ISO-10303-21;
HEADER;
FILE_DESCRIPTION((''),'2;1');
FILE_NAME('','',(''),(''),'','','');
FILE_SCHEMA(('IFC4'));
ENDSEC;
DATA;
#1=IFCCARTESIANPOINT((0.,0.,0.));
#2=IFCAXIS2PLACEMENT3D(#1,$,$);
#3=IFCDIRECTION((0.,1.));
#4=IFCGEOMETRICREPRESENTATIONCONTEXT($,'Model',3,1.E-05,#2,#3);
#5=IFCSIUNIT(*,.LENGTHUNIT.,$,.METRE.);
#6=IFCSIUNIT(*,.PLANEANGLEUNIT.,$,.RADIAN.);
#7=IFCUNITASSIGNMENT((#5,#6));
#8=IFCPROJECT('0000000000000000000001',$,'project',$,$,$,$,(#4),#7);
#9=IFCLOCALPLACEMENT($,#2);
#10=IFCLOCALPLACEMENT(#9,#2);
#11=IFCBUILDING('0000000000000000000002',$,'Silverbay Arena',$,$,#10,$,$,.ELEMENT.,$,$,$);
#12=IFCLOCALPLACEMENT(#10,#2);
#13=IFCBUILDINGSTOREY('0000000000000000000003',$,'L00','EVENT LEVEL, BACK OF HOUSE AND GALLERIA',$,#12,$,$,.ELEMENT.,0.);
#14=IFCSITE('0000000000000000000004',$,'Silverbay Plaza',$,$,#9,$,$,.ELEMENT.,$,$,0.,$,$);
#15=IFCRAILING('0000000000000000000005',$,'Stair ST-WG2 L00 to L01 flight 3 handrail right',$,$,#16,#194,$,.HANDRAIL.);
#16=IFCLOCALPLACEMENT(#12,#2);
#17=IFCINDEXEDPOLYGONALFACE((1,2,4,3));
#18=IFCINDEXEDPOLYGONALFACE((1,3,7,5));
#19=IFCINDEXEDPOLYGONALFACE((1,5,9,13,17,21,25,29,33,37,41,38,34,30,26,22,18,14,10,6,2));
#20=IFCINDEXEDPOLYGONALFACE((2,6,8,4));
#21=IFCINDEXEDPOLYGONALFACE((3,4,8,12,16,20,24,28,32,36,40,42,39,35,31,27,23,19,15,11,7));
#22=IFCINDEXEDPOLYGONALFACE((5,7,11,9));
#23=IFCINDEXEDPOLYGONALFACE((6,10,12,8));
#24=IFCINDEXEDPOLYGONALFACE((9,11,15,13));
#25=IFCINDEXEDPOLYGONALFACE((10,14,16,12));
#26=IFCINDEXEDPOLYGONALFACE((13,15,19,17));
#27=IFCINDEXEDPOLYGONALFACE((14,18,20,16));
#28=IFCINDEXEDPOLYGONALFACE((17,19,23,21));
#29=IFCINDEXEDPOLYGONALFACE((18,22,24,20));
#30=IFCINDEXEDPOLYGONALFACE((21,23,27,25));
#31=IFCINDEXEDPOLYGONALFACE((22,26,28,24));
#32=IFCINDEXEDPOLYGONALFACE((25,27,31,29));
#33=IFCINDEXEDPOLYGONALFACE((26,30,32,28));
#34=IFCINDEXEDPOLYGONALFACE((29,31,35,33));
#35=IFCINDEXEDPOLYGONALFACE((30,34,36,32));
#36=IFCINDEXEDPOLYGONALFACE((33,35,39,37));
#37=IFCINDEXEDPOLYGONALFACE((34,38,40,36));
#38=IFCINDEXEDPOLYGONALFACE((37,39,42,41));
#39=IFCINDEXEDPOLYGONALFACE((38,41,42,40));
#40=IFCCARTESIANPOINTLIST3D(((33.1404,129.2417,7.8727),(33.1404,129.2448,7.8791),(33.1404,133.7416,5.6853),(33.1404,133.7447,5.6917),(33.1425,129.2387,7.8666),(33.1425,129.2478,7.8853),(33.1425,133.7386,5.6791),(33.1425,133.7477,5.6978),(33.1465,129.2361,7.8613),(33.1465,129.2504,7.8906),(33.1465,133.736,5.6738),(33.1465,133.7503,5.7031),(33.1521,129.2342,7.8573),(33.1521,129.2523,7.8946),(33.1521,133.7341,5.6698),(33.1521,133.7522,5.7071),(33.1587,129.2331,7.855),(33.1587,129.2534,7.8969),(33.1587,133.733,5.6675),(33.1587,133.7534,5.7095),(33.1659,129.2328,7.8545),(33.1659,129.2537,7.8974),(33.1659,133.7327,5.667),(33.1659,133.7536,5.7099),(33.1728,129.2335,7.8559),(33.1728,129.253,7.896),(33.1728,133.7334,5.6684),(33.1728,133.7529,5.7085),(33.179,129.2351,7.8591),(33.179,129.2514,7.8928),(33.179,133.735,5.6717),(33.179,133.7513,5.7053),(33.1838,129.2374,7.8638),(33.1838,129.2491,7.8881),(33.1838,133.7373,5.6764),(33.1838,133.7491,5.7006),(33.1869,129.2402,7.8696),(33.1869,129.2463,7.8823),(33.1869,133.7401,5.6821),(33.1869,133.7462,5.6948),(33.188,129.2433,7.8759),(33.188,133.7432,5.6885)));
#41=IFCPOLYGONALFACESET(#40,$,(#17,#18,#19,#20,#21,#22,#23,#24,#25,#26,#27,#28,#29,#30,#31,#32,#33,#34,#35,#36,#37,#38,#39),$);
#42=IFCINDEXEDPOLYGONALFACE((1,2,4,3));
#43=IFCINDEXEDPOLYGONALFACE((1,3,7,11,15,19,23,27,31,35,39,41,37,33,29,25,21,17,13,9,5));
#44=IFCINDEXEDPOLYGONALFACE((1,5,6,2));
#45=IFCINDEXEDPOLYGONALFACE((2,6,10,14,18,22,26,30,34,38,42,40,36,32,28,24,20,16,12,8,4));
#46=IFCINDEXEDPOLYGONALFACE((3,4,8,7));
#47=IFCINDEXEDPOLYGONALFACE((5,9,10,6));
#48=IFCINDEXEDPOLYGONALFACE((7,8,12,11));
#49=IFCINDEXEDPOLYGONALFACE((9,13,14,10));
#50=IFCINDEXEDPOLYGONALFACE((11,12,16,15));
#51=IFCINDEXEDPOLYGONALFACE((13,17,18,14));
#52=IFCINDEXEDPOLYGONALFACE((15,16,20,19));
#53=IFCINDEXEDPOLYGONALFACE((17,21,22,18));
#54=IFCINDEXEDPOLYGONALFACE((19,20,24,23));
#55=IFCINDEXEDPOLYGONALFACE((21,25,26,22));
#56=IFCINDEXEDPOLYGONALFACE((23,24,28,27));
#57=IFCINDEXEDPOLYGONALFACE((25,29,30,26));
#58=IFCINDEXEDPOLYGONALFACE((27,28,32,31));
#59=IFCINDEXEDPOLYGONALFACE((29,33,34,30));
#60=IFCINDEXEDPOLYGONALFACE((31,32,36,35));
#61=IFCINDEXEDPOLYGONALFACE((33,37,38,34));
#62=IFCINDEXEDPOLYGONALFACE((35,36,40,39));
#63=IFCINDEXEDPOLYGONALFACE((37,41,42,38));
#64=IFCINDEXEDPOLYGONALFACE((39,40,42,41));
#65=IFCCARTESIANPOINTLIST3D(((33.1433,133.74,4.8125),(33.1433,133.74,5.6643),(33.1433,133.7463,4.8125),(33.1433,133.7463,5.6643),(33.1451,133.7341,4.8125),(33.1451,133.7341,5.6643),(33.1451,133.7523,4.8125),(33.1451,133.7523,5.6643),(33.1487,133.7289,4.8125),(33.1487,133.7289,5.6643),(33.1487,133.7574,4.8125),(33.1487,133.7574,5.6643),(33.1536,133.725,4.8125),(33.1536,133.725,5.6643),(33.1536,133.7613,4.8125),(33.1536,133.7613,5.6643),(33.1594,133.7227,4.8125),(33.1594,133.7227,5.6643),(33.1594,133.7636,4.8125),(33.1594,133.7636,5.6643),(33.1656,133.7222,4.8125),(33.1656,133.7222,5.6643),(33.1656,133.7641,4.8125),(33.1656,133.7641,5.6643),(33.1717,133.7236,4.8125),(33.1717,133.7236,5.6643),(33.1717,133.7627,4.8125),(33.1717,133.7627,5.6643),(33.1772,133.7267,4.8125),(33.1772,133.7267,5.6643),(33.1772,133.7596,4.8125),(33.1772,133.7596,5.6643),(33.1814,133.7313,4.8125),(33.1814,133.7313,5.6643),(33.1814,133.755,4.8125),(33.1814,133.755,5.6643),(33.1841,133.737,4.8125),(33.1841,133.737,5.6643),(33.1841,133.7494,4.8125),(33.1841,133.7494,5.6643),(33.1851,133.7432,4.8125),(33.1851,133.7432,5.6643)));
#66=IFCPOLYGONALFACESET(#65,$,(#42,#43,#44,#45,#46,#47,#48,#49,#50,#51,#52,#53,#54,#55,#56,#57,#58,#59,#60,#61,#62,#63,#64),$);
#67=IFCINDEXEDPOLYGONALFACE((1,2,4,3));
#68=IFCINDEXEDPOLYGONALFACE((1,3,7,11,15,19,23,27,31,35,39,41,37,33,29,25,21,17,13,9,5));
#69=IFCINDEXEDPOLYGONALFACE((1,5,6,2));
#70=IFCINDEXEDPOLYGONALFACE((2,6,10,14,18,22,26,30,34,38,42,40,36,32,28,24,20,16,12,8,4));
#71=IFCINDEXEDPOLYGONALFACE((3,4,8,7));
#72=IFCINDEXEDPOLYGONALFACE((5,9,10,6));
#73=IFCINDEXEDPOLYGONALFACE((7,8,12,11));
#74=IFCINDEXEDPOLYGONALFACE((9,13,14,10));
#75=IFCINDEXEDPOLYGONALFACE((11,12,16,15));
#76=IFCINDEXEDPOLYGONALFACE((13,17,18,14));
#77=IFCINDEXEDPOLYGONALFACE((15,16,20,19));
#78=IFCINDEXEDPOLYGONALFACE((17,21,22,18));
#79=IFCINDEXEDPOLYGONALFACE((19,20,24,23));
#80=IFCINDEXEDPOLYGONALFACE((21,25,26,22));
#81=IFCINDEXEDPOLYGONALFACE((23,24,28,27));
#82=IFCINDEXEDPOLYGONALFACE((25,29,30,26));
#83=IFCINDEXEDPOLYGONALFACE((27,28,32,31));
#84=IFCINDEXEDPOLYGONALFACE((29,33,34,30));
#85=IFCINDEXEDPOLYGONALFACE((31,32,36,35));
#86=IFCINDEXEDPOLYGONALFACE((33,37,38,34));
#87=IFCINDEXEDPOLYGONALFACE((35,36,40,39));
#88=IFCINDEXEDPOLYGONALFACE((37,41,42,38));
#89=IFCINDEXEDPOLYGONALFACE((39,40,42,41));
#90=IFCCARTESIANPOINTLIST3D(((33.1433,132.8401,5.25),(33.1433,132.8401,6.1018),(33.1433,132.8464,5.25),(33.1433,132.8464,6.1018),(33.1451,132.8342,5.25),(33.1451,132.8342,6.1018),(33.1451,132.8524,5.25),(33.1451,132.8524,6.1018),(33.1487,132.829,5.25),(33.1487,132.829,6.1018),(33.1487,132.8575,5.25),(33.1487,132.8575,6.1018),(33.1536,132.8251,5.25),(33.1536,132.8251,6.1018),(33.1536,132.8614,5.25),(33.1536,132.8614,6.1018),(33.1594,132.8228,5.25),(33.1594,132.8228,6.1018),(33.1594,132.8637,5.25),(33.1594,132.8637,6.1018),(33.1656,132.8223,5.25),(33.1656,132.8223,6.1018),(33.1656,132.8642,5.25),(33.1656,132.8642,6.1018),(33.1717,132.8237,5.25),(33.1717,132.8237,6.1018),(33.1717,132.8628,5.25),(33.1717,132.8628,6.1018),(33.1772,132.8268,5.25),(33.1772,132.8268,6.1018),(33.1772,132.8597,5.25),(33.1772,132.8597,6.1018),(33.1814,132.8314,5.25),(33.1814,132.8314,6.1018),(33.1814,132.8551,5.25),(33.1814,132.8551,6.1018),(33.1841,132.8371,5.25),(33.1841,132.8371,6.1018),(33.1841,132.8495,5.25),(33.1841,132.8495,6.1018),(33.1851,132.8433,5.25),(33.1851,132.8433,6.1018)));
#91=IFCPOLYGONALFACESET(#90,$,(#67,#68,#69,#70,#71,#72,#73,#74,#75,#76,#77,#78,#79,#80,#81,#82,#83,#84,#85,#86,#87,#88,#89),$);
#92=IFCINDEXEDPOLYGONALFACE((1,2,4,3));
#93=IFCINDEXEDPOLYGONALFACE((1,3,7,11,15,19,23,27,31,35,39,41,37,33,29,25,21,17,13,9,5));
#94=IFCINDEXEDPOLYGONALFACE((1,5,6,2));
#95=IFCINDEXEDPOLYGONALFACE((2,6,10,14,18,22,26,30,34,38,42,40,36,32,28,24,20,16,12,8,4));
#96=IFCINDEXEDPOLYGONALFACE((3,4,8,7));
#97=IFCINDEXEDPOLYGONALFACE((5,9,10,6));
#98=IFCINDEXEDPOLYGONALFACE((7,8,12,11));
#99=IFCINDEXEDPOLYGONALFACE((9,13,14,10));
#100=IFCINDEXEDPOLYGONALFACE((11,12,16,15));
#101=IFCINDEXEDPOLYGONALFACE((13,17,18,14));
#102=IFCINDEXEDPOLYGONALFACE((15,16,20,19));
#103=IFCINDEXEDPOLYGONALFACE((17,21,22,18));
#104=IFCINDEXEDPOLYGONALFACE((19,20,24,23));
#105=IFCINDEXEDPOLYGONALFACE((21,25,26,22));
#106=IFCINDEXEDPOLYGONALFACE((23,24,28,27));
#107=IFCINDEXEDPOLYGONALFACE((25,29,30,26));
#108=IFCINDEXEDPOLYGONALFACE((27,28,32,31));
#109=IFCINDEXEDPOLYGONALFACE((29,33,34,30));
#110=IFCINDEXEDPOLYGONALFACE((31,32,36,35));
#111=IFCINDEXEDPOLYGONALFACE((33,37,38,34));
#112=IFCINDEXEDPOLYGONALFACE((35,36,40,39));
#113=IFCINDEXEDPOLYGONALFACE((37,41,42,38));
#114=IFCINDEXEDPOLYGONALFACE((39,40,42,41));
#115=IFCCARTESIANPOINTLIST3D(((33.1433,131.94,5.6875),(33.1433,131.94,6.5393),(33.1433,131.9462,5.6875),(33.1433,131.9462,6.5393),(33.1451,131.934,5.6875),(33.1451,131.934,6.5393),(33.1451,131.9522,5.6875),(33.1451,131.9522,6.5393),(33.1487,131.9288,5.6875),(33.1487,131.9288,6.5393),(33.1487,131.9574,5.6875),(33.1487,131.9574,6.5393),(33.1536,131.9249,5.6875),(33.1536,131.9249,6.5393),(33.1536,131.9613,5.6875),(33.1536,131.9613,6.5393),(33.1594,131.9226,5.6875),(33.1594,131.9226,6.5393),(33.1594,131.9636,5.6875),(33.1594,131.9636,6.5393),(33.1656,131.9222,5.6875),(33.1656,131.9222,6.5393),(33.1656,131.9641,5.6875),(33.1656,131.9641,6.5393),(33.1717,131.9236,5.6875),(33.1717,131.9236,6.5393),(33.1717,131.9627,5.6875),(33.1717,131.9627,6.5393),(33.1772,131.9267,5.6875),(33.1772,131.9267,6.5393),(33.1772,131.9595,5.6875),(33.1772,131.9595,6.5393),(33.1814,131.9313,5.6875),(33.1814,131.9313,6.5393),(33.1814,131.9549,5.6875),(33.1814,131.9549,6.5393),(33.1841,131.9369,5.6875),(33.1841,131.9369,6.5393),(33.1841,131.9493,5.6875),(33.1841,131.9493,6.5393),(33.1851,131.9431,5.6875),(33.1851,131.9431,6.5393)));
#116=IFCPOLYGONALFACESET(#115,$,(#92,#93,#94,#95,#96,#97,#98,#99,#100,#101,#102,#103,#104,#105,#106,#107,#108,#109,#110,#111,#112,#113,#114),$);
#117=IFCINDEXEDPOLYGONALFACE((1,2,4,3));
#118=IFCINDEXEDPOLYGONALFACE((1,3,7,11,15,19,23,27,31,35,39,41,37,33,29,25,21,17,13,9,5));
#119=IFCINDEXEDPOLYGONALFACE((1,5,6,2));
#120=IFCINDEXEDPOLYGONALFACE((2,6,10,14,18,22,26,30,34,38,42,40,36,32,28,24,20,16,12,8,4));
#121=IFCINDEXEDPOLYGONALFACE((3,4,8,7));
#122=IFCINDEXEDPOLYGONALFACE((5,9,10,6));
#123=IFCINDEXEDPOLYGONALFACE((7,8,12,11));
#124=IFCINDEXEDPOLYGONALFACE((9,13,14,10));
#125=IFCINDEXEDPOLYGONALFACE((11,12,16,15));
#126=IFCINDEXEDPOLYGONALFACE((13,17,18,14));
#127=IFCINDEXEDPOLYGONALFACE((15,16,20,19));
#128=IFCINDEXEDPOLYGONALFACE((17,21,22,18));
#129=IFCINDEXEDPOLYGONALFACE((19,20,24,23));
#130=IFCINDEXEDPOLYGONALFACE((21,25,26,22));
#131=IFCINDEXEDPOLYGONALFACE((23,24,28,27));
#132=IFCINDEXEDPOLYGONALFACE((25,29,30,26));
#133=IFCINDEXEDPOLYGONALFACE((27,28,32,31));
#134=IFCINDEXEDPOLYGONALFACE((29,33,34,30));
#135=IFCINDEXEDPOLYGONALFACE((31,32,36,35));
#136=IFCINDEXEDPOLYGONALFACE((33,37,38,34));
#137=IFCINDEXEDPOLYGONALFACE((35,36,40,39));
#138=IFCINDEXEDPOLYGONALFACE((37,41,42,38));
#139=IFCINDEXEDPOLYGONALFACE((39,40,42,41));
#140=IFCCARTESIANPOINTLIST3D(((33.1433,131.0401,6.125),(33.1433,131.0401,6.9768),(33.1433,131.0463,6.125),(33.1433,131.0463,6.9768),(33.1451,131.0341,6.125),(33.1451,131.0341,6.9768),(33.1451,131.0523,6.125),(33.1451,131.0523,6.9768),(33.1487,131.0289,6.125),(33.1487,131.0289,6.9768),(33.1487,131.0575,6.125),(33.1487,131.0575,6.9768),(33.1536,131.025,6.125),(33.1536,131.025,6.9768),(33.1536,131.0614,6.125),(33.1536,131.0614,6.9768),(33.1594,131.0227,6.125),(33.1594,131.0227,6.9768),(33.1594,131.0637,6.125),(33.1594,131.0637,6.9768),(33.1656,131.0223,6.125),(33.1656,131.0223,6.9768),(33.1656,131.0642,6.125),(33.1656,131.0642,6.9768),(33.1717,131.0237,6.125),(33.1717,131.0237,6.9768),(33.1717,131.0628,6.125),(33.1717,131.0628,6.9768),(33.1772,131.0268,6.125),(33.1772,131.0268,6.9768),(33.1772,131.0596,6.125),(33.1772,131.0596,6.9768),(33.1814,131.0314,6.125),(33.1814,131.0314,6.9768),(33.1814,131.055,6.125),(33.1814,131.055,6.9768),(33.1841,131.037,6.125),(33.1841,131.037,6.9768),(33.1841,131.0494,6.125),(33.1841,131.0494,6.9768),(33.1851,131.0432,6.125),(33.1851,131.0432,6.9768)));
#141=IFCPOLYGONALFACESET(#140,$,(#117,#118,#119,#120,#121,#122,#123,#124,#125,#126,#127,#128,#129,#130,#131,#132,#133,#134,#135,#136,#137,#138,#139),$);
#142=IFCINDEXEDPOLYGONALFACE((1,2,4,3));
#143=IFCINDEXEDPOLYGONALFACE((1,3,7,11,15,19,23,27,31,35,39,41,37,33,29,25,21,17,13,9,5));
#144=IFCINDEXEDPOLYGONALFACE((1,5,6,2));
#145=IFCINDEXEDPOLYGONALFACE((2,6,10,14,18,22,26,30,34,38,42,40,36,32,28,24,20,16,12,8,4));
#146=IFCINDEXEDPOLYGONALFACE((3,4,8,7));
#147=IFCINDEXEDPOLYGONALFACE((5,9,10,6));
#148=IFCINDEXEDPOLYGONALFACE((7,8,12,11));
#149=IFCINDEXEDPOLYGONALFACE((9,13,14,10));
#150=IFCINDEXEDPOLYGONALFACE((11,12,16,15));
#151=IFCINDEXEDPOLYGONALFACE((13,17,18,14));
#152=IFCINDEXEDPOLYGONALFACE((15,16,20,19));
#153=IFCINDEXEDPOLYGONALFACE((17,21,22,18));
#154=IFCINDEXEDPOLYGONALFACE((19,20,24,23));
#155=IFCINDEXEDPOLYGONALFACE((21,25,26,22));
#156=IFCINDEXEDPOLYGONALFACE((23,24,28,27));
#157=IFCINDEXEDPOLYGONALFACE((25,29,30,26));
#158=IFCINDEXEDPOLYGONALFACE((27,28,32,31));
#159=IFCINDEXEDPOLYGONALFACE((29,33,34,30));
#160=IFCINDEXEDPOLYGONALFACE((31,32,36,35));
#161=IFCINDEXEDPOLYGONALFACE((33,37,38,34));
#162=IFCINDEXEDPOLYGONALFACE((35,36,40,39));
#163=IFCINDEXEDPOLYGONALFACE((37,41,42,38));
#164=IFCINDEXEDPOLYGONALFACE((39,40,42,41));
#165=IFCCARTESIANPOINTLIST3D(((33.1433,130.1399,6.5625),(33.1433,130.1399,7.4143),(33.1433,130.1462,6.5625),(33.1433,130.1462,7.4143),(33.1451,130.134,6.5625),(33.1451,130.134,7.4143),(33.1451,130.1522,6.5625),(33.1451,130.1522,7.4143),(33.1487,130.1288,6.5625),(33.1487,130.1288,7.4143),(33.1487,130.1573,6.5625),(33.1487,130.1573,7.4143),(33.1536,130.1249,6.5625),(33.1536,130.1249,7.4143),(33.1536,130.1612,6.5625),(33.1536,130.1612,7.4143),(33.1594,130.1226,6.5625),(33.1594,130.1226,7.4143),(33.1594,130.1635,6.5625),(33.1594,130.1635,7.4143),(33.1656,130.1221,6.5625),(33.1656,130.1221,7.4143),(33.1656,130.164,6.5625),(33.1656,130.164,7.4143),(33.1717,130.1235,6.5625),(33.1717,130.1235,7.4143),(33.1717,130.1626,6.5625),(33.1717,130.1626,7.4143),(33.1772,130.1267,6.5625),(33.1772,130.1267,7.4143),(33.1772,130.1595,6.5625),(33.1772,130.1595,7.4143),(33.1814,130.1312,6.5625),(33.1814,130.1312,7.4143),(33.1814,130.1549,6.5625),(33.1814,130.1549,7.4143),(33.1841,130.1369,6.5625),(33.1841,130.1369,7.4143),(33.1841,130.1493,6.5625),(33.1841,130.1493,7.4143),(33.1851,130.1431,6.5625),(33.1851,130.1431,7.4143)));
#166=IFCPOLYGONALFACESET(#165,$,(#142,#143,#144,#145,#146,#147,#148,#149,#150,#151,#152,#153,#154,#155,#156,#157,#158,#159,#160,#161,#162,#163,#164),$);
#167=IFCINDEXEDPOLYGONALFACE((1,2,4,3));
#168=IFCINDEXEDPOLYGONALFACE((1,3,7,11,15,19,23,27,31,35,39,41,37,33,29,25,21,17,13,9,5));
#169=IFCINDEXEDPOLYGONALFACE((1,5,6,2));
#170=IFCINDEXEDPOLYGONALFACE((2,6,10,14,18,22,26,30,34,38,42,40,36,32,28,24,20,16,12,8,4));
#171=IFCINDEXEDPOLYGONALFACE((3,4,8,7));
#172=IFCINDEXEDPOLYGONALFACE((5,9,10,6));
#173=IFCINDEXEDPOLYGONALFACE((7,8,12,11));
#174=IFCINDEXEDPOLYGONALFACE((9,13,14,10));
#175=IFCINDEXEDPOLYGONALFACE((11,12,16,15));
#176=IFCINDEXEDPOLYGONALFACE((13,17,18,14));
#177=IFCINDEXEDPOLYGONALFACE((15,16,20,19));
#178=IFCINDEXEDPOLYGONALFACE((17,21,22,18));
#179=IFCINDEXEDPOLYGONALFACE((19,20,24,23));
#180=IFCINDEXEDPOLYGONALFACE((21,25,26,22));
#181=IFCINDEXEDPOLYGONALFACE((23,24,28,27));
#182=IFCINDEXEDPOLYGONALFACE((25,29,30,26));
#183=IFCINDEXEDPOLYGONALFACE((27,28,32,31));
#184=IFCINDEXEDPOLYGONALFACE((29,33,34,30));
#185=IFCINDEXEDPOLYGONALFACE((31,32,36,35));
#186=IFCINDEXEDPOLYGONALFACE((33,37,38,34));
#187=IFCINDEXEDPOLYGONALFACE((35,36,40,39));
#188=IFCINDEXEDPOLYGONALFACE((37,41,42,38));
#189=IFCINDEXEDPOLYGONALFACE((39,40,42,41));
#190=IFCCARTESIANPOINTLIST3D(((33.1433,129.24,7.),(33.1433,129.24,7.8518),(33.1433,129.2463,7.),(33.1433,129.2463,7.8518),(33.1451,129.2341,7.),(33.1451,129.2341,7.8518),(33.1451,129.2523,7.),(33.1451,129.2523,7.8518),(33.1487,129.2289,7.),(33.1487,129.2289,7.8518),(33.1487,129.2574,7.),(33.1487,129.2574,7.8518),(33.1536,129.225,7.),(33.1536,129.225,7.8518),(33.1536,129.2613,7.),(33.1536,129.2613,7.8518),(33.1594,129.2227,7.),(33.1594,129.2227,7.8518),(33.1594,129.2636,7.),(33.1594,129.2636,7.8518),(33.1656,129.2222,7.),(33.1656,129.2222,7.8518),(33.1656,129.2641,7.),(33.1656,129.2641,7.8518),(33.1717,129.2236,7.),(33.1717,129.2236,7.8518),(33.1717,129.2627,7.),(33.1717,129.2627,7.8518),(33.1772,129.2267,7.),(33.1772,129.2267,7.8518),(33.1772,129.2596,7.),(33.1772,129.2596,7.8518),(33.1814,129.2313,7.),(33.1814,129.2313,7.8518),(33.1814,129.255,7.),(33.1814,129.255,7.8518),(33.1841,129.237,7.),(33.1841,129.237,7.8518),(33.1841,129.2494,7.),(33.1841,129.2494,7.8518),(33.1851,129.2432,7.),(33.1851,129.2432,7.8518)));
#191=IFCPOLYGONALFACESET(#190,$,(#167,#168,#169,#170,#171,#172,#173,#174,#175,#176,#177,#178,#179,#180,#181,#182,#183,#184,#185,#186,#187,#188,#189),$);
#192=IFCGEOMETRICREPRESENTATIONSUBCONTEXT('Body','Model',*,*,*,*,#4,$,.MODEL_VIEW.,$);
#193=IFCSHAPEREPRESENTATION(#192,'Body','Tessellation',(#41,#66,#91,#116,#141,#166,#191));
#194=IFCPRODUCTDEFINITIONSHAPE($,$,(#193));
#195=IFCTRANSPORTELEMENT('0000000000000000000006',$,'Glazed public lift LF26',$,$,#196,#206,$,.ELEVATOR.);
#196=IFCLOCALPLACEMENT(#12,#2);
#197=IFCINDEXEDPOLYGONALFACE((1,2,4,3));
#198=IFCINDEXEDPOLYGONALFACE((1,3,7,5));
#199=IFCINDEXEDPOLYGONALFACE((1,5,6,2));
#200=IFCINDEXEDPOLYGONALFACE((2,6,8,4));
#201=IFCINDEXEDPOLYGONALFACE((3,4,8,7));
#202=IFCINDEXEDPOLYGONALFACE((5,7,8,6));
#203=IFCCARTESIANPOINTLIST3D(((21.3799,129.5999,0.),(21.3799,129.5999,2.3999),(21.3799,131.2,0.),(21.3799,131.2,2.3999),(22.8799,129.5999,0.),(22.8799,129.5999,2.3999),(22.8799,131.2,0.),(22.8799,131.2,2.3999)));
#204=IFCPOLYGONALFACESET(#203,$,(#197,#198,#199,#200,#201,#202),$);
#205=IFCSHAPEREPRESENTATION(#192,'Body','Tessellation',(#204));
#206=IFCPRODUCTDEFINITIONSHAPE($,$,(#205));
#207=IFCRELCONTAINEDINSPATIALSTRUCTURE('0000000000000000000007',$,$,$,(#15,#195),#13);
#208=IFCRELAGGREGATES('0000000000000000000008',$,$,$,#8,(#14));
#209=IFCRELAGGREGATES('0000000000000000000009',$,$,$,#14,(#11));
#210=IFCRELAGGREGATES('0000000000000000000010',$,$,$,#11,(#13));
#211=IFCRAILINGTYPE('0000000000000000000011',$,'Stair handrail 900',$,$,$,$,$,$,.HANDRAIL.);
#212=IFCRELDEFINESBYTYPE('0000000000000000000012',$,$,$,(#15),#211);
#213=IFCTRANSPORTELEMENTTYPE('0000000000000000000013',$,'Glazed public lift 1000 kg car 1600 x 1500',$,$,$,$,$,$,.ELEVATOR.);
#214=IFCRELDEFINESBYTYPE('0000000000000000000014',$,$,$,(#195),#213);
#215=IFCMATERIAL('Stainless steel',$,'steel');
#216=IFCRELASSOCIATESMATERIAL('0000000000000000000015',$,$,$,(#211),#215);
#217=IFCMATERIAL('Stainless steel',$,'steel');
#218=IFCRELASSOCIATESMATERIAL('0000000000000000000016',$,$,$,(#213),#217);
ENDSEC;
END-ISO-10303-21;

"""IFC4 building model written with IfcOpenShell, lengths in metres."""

from ifc_helpers import new_model, si_unit, direction, frame, origin, origin_2d, place, context, subcontext, project, spatial, rectangle, circle, extrude, material, type_object, element, save


model = new_model("IFC4")

# Units and contexts
model_context = context("Model", 3, precision=1e-05, world=origin(), true_north=direction((0.0, 1.0)))
body_context = subcontext(model_context, "Body", "Model", "MODEL_VIEW")
ifc_project = project(units=[si_unit("LENGTHUNIT", "METRE"), si_unit("PLANEANGLEUNIT", "RADIAN")], contexts=[model_context])

# Site, building, storey
site_placement = place(None, origin())
site = spatial("IfcSite", under=ifc_project, at=site_placement, Name="Silverbay Plaza", CompositionType="ELEMENT", RefElevation=0.0)
building_placement = place(site_placement, origin())
building = spatial("IfcBuilding", under=site, at=building_placement, Name="Silverbay Arena", CompositionType="ELEMENT")
storey_placement = place(building_placement, origin())
storey = spatial("IfcBuildingStorey", under=building, at=storey_placement, Name="L00", Description="EVENT LEVEL, BACK OF HOUSE AND GALLERIA", CompositionType="ELEMENT", Elevation=0.0)

# Railing
ifc_material_1 = material(Name="Stainless steel", Category="steel")
railing_type_1 = type_object("IfcRailingType", Name="Stair handrail 900", PredefinedType="HANDRAIL", material=ifc_material_1)
for number, where, name in (
    (1, (33.1641, 133.7432, 4.8125), "Stair ST-WG2 L00 to L01 flight 3 handrail right"),
):
    element("IfcRailing", number, at=place(storey_placement, frame(where)), inside=storey, type_object=railing_type_1, Name=name, PredefinedType="HANDRAIL", context=body_context, shape_type="SweptSolid", body=[
        extrude(circle(Radius=0.0239, at=origin_2d()), frame((0.0, 0.0, 0.876), z_axis=(0.0, -0.899368, 0.437193), x_axis=(1.0, 0.0, 0.0)), (0.0, 0.0, 1.0), 5.0034),
        extrude(circle(Radius=0.021, at=origin_2d()), origin(), (0.0, 0.0, 1.0), 0.8518),
        extrude(circle(Radius=0.021, at=origin_2d()), frame((0.0, -0.8999, 0.4375)), (0.0, 0.0, 1.0), 0.8518),
        extrude(circle(Radius=0.021, at=origin_2d()), frame((0.0, -1.8, 0.875)), (0.0, 0.0, 1.0), 0.8518),
        extrude(circle(Radius=0.021, at=origin_2d()), frame((0.0, -2.7, 1.3125)), (0.0, 0.0, 1.0), 0.8518),
        extrude(circle(Radius=0.021, at=origin_2d()), frame((0.0, -3.6001, 1.75)), (0.0, 0.0, 1.0), 0.8518),
        extrude(circle(Radius=0.021, at=origin_2d()), frame((0.0, -4.5, 2.1875)), (0.0, 0.0, 1.0), 0.8518),
    ])

# Transport element
ifc_material_2 = material(Name="Stainless steel", Category="steel")
transport_element_type = type_object("IfcTransportElementType", Name="Glazed public lift 1000 kg car 1600 x 1500", PredefinedType="ELEVATOR", material=ifc_material_2)
transport_element_placement = place(storey_placement, frame((22.1299, 130.3999, 0.0), z_axis=(0.0, 0.0, 1.0), x_axis=(1.0, 0.0, 0.0)))
element("IfcTransportElement", 2, at=transport_element_placement, inside=storey, type_object=transport_element_type, Name="Glazed public lift LF26", PredefinedType="ELEVATOR", context=body_context, shape_type="SweptSolid", body=[
    extrude(rectangle(XDim=1.5, YDim=1.6001, at=origin_2d()), origin(), (0.0, 0.0, 1.0), 2.3999),
])

save(model, "model.ifc")
